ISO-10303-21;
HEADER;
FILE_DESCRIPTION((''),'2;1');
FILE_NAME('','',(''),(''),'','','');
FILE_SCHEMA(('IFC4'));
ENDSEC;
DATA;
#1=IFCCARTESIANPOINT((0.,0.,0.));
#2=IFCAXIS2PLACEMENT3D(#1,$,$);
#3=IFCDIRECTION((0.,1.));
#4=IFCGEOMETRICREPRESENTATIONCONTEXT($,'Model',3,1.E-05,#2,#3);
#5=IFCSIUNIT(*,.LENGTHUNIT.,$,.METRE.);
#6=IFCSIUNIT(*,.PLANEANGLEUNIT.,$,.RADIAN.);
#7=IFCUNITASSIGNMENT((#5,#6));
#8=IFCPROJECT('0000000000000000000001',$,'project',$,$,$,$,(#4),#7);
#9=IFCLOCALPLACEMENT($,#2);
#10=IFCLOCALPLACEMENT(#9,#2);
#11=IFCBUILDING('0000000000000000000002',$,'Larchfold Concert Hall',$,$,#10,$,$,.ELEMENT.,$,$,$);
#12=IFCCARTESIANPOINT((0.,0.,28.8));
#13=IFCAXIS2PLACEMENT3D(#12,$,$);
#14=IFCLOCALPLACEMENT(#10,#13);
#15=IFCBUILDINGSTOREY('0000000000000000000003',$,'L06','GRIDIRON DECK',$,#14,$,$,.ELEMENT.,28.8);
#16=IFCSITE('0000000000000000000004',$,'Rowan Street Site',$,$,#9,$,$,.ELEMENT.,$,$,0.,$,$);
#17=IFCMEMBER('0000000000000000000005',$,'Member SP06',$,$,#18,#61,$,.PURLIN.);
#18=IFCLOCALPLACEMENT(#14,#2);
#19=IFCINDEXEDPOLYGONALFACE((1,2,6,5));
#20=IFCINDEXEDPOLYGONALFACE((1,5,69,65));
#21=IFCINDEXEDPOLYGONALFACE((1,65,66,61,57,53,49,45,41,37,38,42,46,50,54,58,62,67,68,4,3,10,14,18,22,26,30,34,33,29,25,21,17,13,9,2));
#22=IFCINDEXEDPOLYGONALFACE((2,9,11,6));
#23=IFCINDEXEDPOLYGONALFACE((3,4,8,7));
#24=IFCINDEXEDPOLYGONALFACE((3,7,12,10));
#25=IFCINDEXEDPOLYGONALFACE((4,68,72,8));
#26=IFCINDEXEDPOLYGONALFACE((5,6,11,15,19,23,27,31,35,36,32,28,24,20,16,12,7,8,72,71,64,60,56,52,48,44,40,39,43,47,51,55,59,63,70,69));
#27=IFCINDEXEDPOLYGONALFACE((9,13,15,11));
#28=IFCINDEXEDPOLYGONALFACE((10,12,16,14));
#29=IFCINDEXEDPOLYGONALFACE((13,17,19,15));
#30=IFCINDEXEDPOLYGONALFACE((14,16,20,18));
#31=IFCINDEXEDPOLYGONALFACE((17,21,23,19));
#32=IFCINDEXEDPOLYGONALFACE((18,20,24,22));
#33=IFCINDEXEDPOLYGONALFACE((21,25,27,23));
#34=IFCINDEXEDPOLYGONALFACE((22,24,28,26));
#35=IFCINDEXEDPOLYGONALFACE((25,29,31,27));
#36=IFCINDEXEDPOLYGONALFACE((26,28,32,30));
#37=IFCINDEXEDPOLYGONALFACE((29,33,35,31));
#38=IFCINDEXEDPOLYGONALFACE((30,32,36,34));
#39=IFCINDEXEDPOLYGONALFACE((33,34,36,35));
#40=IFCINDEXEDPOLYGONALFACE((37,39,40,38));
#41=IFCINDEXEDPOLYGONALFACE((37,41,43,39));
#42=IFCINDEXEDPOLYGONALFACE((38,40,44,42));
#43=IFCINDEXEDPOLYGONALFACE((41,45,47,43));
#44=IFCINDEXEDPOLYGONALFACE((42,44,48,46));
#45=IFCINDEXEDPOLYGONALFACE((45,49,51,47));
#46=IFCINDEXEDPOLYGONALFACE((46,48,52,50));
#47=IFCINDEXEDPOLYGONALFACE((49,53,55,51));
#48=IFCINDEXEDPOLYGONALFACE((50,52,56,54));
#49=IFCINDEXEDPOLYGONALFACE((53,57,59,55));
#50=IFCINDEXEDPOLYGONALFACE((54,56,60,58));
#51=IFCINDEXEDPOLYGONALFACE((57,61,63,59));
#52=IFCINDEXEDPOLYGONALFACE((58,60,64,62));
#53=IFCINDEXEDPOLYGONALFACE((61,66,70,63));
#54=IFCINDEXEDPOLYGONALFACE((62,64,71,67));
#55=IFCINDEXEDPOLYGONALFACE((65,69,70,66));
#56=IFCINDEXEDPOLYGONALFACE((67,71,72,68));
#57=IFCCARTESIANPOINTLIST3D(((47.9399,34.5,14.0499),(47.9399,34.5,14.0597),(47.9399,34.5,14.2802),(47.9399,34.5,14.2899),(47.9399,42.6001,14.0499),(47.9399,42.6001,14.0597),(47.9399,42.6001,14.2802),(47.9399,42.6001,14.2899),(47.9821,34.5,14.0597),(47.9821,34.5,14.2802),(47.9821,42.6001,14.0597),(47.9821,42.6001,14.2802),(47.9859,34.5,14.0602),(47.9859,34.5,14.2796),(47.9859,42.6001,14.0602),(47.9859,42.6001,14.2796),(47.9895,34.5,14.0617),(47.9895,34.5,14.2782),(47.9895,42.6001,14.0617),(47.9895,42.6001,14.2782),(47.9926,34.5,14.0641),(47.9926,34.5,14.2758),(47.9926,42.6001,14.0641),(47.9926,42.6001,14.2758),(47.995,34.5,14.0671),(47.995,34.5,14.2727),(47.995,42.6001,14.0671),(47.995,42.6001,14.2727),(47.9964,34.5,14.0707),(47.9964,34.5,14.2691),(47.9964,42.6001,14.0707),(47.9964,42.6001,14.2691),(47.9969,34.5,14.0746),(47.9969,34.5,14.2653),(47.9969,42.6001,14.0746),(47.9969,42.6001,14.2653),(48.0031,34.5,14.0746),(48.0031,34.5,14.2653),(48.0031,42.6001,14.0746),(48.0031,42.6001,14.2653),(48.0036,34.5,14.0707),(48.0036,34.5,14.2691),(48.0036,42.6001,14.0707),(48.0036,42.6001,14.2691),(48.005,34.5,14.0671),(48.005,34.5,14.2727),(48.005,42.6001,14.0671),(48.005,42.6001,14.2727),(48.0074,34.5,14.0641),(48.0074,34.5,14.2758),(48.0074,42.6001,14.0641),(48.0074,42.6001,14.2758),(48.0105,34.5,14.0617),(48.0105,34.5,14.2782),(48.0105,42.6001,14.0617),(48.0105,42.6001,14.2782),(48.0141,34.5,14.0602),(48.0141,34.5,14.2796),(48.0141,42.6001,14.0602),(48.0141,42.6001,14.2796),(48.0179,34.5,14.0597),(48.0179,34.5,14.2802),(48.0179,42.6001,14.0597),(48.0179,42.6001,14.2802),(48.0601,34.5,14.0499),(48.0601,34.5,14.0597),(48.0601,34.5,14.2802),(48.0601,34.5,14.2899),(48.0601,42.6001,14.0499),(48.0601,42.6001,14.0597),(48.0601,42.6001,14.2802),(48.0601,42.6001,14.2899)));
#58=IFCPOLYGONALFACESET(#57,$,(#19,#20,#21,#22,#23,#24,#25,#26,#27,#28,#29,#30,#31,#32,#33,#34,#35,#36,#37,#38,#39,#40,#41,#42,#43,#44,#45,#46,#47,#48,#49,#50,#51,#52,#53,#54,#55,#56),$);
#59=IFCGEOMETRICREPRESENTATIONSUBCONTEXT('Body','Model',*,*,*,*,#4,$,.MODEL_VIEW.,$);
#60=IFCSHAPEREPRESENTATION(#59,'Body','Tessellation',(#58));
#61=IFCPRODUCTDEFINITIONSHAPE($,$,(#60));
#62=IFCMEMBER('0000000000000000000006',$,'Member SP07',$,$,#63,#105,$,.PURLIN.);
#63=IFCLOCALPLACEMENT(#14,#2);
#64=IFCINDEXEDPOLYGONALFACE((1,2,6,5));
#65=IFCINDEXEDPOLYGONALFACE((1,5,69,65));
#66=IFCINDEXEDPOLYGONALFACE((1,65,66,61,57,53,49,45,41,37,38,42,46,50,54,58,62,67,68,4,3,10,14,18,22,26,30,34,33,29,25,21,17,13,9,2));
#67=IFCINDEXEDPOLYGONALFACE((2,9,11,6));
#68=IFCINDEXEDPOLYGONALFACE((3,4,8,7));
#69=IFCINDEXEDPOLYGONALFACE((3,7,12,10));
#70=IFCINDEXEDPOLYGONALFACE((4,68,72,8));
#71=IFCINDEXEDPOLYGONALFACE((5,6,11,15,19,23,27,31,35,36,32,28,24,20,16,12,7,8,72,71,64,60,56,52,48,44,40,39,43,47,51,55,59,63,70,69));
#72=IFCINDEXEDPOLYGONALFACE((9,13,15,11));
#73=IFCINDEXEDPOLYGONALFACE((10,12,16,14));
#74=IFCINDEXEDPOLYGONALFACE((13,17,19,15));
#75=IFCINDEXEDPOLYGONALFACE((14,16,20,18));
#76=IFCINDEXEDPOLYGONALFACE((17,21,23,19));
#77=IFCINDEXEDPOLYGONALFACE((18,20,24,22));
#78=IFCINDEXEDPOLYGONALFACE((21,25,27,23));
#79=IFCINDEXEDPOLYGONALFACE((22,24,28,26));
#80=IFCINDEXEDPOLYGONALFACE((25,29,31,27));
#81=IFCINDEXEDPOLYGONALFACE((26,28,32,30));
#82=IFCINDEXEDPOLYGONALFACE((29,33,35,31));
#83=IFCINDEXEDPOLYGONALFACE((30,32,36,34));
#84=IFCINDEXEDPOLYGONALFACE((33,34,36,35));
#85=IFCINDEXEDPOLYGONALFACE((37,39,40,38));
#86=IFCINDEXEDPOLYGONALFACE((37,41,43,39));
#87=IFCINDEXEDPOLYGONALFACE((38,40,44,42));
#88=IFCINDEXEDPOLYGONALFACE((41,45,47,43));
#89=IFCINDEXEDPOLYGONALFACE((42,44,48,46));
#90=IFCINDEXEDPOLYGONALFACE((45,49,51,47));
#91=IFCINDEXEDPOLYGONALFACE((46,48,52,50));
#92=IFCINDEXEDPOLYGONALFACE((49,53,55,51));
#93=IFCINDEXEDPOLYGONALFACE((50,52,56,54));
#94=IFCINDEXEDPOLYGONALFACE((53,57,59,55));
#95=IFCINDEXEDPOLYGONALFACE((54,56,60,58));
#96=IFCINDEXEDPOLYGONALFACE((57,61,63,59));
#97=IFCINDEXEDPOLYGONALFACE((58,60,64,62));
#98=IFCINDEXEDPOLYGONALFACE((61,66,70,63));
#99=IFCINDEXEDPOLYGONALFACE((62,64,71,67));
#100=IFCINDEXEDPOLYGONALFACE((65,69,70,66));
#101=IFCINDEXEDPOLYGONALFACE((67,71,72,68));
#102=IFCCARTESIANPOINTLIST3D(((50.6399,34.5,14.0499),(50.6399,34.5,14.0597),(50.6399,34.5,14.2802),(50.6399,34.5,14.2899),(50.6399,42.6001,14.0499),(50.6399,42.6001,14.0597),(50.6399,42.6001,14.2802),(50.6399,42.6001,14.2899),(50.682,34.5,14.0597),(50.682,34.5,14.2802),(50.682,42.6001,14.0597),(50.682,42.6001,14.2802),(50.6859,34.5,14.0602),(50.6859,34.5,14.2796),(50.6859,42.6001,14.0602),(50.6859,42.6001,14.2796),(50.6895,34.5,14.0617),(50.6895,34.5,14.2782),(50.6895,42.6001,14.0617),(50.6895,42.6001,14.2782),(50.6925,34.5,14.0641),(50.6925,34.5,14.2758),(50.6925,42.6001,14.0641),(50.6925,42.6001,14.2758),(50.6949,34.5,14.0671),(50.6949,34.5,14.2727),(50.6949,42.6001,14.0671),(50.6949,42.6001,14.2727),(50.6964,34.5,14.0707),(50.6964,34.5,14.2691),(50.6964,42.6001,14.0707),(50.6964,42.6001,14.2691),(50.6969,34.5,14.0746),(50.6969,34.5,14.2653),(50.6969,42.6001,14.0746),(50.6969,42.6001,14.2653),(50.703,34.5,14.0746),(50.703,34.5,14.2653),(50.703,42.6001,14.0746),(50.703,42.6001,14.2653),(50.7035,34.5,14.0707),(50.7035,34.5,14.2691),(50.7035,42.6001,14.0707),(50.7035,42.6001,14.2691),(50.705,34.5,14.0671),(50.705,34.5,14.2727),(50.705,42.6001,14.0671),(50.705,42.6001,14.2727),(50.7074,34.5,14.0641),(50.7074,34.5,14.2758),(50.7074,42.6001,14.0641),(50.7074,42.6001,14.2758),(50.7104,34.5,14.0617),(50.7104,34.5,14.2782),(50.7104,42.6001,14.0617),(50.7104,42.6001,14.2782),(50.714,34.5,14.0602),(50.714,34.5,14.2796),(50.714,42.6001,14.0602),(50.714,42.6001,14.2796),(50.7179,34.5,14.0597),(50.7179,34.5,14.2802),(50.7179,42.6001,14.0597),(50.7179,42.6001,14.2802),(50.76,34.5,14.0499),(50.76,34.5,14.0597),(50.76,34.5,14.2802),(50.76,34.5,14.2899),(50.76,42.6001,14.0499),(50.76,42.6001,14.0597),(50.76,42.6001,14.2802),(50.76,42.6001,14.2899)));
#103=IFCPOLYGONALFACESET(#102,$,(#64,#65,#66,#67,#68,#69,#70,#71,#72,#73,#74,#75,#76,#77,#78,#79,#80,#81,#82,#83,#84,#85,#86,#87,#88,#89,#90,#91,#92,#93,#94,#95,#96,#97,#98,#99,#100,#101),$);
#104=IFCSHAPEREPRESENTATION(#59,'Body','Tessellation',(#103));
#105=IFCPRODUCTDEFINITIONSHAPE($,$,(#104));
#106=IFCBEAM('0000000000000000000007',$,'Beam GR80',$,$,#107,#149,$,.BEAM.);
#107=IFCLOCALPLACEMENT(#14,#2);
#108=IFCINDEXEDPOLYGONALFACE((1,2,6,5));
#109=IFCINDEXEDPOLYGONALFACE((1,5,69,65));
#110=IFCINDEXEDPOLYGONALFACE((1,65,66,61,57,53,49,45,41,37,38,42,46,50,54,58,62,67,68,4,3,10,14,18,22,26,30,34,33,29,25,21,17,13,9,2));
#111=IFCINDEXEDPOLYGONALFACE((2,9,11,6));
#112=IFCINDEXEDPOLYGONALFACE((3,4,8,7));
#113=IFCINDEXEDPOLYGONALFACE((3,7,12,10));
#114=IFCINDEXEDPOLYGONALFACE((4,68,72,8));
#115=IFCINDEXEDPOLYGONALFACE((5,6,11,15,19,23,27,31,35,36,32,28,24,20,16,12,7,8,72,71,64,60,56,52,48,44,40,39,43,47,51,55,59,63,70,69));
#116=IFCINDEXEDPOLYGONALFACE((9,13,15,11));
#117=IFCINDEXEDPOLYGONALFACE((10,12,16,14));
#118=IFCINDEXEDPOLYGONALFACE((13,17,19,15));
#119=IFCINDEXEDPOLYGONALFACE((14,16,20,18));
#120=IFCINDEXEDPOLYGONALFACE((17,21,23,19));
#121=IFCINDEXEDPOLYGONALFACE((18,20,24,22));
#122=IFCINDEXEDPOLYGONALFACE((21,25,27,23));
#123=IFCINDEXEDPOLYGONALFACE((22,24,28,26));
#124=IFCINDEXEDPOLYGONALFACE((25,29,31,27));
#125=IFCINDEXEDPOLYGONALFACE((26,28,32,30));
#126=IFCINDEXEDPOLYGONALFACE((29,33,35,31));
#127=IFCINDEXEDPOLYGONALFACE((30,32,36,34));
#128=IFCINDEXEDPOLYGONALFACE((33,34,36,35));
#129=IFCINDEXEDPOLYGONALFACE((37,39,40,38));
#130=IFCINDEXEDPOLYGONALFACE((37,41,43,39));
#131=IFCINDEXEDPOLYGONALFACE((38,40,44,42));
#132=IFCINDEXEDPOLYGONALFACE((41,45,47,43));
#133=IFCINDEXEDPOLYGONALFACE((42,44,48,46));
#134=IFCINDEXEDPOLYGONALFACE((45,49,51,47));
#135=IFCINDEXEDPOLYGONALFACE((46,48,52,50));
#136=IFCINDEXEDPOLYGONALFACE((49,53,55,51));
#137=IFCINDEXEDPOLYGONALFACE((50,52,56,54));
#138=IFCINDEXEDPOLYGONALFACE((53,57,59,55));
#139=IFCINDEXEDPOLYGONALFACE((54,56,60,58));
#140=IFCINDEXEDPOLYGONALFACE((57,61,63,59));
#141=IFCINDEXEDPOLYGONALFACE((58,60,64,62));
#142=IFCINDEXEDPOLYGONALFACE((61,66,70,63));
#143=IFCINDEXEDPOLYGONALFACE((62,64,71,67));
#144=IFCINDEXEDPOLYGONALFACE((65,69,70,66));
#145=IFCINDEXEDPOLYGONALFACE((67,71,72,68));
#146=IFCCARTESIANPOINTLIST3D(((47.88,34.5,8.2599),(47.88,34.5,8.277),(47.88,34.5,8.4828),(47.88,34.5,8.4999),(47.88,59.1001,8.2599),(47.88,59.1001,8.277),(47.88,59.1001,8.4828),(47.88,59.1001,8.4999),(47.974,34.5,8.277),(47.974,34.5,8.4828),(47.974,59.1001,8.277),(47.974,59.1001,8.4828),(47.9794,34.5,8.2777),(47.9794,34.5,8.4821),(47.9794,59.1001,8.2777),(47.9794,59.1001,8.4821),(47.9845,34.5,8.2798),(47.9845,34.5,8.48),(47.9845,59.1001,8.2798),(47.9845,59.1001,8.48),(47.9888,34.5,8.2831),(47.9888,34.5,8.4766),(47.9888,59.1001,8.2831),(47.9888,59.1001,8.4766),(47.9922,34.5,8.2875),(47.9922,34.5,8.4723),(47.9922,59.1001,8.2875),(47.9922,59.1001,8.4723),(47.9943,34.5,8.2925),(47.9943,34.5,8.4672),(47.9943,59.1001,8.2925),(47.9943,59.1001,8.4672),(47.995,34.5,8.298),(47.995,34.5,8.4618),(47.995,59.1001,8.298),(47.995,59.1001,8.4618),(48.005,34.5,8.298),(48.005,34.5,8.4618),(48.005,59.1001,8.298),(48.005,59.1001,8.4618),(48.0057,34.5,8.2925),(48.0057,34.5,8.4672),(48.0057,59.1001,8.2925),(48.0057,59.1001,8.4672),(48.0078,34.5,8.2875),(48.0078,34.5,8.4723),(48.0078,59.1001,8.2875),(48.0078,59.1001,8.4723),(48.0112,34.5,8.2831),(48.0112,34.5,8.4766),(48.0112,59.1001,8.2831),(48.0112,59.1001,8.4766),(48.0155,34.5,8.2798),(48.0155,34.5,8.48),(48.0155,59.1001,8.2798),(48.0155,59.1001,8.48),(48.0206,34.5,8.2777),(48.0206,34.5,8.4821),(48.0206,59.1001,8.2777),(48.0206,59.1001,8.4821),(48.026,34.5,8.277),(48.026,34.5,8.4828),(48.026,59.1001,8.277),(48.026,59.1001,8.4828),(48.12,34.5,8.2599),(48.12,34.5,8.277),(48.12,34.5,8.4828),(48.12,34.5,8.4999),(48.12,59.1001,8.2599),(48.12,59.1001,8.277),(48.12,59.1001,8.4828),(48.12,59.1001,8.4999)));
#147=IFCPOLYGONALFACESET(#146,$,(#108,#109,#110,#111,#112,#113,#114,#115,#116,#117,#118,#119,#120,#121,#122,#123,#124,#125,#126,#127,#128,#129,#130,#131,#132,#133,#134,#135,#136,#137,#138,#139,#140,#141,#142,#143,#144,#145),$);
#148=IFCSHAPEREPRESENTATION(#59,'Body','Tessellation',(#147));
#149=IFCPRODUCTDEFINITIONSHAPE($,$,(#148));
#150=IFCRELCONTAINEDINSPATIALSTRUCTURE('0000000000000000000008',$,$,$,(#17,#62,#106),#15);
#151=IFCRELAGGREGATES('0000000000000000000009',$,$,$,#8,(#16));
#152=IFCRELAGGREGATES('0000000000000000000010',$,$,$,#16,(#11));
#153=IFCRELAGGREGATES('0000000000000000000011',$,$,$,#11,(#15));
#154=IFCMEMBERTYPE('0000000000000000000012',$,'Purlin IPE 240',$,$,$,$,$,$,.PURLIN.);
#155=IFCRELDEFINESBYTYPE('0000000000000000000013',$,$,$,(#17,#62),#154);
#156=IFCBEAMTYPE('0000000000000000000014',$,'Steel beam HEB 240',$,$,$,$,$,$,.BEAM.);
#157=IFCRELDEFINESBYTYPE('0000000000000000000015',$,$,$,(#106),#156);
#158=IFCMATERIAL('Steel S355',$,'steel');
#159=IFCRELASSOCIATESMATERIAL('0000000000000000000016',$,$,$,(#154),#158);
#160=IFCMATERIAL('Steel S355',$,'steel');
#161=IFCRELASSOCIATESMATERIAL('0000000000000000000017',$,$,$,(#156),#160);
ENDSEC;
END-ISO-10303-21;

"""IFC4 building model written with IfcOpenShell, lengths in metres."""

from ifc_helpers import new_model, si_unit, direction, frame, origin, origin_2d, place, context, subcontext, project, spatial, i_section, extrude, material, material_profile, profile_set, type_object, element, save


model = new_model("IFC4")

# Units and contexts
model_context = context("Model", 3, precision=1e-05, world=origin(), true_north=direction((0.0, 1.0)))
body_context = subcontext(model_context, "Body", "Model", "MODEL_VIEW")
ifc_project = project(units=[si_unit("LENGTHUNIT", "METRE"), si_unit("PLANEANGLEUNIT", "RADIAN")], contexts=[model_context])

# Site, building, storey
site_placement = place(None, origin())
site = spatial("IfcSite", under=ifc_project, at=site_placement, Name="Rowan Street Site", CompositionType="ELEMENT", RefElevation=0.0)
building_placement = place(site_placement, origin())
building = spatial("IfcBuilding", under=site, at=building_placement, Name="Larchfold Concert Hall", CompositionType="ELEMENT")
storey_placement = place(building_placement, frame((0.0, 0.0, 28.8)))
storey = spatial("IfcBuildingStorey", under=building, at=storey_placement, Name="L06", Description="GRIDIRON DECK", CompositionType="ELEMENT", Elevation=28.8)

# Members
ifc_material_1 = material(Name="Steel S355", Category="steel")
ifc_material_profile_1 = material_profile(ifc_material_1, i_section(OverallWidth=0.1201, OverallDepth=0.24, WebThickness=0.0061, FlangeThickness=0.0098, FilletRadius=0.0149, at=origin_2d()))
ifc_profile_set_1 = profile_set([ifc_material_profile_1], Name="Steel S355")
member_type_1 = type_object("IfcMemberType", Name="Purlin IPE 240", PredefinedType="PURLIN", material=ifc_profile_set_1)
for number, where, z_axis, x_axis, name in (
    (1, (48.0, 34.5, 14.1699), (0.0, 1.0, 0.0), (-1.0, 0.0, 0.0), "Member SP06"),
    (2, (50.7, 34.5, 14.1699), (0.0, 1.0, 0.0), (-1.0, 0.0, 0.0), "Member SP07"),
):
    element("IfcMember", number, at=place(storey_placement, frame(where, z_axis=z_axis, x_axis=x_axis)), inside=storey, type_object=member_type_1, Name=name, PredefinedType="PURLIN", context=body_context, shape_type="SweptSolid", body=[
        extrude(i_section(OverallWidth=0.1201, OverallDepth=0.24, WebThickness=0.0061, FlangeThickness=0.0098, FilletRadius=0.0149, at=origin_2d()), origin(), (0.0, 0.0, 1.0), 8.1001),
    ])

# Beam
ifc_material_2 = material(Name="Steel S355", Category="steel")
ifc_material_profile_2 = material_profile(ifc_material_2, i_section(OverallWidth=0.24, OverallDepth=0.24, WebThickness=0.01, FlangeThickness=0.0171, FilletRadius=0.021, at=origin_2d()))
ifc_profile_set_2 = profile_set([ifc_material_profile_2], Name="Steel S355")
beam_type_1 = type_object("IfcBeamType", Name="Steel beam HEB 240", PredefinedType="BEAM", material=ifc_profile_set_2)
beam_1_placement = place(storey_placement, frame((48.0, 34.5, 8.3799), z_axis=(0.0, 1.0, 0.0), x_axis=(-1.0, 0.0, 0.0)))
element("IfcBeam", 3, at=beam_1_placement, inside=storey, type_object=beam_type_1, Name="Beam GR80", PredefinedType="BEAM", context=body_context, shape_type="SweptSolid", body=[
    extrude(i_section(OverallWidth=0.24, OverallDepth=0.24, WebThickness=0.01, FlangeThickness=0.0171, FilletRadius=0.021, at=origin_2d()), origin(), (0.0, 0.0, 1.0), 24.6001),
])

save(model, "model.ifc")
